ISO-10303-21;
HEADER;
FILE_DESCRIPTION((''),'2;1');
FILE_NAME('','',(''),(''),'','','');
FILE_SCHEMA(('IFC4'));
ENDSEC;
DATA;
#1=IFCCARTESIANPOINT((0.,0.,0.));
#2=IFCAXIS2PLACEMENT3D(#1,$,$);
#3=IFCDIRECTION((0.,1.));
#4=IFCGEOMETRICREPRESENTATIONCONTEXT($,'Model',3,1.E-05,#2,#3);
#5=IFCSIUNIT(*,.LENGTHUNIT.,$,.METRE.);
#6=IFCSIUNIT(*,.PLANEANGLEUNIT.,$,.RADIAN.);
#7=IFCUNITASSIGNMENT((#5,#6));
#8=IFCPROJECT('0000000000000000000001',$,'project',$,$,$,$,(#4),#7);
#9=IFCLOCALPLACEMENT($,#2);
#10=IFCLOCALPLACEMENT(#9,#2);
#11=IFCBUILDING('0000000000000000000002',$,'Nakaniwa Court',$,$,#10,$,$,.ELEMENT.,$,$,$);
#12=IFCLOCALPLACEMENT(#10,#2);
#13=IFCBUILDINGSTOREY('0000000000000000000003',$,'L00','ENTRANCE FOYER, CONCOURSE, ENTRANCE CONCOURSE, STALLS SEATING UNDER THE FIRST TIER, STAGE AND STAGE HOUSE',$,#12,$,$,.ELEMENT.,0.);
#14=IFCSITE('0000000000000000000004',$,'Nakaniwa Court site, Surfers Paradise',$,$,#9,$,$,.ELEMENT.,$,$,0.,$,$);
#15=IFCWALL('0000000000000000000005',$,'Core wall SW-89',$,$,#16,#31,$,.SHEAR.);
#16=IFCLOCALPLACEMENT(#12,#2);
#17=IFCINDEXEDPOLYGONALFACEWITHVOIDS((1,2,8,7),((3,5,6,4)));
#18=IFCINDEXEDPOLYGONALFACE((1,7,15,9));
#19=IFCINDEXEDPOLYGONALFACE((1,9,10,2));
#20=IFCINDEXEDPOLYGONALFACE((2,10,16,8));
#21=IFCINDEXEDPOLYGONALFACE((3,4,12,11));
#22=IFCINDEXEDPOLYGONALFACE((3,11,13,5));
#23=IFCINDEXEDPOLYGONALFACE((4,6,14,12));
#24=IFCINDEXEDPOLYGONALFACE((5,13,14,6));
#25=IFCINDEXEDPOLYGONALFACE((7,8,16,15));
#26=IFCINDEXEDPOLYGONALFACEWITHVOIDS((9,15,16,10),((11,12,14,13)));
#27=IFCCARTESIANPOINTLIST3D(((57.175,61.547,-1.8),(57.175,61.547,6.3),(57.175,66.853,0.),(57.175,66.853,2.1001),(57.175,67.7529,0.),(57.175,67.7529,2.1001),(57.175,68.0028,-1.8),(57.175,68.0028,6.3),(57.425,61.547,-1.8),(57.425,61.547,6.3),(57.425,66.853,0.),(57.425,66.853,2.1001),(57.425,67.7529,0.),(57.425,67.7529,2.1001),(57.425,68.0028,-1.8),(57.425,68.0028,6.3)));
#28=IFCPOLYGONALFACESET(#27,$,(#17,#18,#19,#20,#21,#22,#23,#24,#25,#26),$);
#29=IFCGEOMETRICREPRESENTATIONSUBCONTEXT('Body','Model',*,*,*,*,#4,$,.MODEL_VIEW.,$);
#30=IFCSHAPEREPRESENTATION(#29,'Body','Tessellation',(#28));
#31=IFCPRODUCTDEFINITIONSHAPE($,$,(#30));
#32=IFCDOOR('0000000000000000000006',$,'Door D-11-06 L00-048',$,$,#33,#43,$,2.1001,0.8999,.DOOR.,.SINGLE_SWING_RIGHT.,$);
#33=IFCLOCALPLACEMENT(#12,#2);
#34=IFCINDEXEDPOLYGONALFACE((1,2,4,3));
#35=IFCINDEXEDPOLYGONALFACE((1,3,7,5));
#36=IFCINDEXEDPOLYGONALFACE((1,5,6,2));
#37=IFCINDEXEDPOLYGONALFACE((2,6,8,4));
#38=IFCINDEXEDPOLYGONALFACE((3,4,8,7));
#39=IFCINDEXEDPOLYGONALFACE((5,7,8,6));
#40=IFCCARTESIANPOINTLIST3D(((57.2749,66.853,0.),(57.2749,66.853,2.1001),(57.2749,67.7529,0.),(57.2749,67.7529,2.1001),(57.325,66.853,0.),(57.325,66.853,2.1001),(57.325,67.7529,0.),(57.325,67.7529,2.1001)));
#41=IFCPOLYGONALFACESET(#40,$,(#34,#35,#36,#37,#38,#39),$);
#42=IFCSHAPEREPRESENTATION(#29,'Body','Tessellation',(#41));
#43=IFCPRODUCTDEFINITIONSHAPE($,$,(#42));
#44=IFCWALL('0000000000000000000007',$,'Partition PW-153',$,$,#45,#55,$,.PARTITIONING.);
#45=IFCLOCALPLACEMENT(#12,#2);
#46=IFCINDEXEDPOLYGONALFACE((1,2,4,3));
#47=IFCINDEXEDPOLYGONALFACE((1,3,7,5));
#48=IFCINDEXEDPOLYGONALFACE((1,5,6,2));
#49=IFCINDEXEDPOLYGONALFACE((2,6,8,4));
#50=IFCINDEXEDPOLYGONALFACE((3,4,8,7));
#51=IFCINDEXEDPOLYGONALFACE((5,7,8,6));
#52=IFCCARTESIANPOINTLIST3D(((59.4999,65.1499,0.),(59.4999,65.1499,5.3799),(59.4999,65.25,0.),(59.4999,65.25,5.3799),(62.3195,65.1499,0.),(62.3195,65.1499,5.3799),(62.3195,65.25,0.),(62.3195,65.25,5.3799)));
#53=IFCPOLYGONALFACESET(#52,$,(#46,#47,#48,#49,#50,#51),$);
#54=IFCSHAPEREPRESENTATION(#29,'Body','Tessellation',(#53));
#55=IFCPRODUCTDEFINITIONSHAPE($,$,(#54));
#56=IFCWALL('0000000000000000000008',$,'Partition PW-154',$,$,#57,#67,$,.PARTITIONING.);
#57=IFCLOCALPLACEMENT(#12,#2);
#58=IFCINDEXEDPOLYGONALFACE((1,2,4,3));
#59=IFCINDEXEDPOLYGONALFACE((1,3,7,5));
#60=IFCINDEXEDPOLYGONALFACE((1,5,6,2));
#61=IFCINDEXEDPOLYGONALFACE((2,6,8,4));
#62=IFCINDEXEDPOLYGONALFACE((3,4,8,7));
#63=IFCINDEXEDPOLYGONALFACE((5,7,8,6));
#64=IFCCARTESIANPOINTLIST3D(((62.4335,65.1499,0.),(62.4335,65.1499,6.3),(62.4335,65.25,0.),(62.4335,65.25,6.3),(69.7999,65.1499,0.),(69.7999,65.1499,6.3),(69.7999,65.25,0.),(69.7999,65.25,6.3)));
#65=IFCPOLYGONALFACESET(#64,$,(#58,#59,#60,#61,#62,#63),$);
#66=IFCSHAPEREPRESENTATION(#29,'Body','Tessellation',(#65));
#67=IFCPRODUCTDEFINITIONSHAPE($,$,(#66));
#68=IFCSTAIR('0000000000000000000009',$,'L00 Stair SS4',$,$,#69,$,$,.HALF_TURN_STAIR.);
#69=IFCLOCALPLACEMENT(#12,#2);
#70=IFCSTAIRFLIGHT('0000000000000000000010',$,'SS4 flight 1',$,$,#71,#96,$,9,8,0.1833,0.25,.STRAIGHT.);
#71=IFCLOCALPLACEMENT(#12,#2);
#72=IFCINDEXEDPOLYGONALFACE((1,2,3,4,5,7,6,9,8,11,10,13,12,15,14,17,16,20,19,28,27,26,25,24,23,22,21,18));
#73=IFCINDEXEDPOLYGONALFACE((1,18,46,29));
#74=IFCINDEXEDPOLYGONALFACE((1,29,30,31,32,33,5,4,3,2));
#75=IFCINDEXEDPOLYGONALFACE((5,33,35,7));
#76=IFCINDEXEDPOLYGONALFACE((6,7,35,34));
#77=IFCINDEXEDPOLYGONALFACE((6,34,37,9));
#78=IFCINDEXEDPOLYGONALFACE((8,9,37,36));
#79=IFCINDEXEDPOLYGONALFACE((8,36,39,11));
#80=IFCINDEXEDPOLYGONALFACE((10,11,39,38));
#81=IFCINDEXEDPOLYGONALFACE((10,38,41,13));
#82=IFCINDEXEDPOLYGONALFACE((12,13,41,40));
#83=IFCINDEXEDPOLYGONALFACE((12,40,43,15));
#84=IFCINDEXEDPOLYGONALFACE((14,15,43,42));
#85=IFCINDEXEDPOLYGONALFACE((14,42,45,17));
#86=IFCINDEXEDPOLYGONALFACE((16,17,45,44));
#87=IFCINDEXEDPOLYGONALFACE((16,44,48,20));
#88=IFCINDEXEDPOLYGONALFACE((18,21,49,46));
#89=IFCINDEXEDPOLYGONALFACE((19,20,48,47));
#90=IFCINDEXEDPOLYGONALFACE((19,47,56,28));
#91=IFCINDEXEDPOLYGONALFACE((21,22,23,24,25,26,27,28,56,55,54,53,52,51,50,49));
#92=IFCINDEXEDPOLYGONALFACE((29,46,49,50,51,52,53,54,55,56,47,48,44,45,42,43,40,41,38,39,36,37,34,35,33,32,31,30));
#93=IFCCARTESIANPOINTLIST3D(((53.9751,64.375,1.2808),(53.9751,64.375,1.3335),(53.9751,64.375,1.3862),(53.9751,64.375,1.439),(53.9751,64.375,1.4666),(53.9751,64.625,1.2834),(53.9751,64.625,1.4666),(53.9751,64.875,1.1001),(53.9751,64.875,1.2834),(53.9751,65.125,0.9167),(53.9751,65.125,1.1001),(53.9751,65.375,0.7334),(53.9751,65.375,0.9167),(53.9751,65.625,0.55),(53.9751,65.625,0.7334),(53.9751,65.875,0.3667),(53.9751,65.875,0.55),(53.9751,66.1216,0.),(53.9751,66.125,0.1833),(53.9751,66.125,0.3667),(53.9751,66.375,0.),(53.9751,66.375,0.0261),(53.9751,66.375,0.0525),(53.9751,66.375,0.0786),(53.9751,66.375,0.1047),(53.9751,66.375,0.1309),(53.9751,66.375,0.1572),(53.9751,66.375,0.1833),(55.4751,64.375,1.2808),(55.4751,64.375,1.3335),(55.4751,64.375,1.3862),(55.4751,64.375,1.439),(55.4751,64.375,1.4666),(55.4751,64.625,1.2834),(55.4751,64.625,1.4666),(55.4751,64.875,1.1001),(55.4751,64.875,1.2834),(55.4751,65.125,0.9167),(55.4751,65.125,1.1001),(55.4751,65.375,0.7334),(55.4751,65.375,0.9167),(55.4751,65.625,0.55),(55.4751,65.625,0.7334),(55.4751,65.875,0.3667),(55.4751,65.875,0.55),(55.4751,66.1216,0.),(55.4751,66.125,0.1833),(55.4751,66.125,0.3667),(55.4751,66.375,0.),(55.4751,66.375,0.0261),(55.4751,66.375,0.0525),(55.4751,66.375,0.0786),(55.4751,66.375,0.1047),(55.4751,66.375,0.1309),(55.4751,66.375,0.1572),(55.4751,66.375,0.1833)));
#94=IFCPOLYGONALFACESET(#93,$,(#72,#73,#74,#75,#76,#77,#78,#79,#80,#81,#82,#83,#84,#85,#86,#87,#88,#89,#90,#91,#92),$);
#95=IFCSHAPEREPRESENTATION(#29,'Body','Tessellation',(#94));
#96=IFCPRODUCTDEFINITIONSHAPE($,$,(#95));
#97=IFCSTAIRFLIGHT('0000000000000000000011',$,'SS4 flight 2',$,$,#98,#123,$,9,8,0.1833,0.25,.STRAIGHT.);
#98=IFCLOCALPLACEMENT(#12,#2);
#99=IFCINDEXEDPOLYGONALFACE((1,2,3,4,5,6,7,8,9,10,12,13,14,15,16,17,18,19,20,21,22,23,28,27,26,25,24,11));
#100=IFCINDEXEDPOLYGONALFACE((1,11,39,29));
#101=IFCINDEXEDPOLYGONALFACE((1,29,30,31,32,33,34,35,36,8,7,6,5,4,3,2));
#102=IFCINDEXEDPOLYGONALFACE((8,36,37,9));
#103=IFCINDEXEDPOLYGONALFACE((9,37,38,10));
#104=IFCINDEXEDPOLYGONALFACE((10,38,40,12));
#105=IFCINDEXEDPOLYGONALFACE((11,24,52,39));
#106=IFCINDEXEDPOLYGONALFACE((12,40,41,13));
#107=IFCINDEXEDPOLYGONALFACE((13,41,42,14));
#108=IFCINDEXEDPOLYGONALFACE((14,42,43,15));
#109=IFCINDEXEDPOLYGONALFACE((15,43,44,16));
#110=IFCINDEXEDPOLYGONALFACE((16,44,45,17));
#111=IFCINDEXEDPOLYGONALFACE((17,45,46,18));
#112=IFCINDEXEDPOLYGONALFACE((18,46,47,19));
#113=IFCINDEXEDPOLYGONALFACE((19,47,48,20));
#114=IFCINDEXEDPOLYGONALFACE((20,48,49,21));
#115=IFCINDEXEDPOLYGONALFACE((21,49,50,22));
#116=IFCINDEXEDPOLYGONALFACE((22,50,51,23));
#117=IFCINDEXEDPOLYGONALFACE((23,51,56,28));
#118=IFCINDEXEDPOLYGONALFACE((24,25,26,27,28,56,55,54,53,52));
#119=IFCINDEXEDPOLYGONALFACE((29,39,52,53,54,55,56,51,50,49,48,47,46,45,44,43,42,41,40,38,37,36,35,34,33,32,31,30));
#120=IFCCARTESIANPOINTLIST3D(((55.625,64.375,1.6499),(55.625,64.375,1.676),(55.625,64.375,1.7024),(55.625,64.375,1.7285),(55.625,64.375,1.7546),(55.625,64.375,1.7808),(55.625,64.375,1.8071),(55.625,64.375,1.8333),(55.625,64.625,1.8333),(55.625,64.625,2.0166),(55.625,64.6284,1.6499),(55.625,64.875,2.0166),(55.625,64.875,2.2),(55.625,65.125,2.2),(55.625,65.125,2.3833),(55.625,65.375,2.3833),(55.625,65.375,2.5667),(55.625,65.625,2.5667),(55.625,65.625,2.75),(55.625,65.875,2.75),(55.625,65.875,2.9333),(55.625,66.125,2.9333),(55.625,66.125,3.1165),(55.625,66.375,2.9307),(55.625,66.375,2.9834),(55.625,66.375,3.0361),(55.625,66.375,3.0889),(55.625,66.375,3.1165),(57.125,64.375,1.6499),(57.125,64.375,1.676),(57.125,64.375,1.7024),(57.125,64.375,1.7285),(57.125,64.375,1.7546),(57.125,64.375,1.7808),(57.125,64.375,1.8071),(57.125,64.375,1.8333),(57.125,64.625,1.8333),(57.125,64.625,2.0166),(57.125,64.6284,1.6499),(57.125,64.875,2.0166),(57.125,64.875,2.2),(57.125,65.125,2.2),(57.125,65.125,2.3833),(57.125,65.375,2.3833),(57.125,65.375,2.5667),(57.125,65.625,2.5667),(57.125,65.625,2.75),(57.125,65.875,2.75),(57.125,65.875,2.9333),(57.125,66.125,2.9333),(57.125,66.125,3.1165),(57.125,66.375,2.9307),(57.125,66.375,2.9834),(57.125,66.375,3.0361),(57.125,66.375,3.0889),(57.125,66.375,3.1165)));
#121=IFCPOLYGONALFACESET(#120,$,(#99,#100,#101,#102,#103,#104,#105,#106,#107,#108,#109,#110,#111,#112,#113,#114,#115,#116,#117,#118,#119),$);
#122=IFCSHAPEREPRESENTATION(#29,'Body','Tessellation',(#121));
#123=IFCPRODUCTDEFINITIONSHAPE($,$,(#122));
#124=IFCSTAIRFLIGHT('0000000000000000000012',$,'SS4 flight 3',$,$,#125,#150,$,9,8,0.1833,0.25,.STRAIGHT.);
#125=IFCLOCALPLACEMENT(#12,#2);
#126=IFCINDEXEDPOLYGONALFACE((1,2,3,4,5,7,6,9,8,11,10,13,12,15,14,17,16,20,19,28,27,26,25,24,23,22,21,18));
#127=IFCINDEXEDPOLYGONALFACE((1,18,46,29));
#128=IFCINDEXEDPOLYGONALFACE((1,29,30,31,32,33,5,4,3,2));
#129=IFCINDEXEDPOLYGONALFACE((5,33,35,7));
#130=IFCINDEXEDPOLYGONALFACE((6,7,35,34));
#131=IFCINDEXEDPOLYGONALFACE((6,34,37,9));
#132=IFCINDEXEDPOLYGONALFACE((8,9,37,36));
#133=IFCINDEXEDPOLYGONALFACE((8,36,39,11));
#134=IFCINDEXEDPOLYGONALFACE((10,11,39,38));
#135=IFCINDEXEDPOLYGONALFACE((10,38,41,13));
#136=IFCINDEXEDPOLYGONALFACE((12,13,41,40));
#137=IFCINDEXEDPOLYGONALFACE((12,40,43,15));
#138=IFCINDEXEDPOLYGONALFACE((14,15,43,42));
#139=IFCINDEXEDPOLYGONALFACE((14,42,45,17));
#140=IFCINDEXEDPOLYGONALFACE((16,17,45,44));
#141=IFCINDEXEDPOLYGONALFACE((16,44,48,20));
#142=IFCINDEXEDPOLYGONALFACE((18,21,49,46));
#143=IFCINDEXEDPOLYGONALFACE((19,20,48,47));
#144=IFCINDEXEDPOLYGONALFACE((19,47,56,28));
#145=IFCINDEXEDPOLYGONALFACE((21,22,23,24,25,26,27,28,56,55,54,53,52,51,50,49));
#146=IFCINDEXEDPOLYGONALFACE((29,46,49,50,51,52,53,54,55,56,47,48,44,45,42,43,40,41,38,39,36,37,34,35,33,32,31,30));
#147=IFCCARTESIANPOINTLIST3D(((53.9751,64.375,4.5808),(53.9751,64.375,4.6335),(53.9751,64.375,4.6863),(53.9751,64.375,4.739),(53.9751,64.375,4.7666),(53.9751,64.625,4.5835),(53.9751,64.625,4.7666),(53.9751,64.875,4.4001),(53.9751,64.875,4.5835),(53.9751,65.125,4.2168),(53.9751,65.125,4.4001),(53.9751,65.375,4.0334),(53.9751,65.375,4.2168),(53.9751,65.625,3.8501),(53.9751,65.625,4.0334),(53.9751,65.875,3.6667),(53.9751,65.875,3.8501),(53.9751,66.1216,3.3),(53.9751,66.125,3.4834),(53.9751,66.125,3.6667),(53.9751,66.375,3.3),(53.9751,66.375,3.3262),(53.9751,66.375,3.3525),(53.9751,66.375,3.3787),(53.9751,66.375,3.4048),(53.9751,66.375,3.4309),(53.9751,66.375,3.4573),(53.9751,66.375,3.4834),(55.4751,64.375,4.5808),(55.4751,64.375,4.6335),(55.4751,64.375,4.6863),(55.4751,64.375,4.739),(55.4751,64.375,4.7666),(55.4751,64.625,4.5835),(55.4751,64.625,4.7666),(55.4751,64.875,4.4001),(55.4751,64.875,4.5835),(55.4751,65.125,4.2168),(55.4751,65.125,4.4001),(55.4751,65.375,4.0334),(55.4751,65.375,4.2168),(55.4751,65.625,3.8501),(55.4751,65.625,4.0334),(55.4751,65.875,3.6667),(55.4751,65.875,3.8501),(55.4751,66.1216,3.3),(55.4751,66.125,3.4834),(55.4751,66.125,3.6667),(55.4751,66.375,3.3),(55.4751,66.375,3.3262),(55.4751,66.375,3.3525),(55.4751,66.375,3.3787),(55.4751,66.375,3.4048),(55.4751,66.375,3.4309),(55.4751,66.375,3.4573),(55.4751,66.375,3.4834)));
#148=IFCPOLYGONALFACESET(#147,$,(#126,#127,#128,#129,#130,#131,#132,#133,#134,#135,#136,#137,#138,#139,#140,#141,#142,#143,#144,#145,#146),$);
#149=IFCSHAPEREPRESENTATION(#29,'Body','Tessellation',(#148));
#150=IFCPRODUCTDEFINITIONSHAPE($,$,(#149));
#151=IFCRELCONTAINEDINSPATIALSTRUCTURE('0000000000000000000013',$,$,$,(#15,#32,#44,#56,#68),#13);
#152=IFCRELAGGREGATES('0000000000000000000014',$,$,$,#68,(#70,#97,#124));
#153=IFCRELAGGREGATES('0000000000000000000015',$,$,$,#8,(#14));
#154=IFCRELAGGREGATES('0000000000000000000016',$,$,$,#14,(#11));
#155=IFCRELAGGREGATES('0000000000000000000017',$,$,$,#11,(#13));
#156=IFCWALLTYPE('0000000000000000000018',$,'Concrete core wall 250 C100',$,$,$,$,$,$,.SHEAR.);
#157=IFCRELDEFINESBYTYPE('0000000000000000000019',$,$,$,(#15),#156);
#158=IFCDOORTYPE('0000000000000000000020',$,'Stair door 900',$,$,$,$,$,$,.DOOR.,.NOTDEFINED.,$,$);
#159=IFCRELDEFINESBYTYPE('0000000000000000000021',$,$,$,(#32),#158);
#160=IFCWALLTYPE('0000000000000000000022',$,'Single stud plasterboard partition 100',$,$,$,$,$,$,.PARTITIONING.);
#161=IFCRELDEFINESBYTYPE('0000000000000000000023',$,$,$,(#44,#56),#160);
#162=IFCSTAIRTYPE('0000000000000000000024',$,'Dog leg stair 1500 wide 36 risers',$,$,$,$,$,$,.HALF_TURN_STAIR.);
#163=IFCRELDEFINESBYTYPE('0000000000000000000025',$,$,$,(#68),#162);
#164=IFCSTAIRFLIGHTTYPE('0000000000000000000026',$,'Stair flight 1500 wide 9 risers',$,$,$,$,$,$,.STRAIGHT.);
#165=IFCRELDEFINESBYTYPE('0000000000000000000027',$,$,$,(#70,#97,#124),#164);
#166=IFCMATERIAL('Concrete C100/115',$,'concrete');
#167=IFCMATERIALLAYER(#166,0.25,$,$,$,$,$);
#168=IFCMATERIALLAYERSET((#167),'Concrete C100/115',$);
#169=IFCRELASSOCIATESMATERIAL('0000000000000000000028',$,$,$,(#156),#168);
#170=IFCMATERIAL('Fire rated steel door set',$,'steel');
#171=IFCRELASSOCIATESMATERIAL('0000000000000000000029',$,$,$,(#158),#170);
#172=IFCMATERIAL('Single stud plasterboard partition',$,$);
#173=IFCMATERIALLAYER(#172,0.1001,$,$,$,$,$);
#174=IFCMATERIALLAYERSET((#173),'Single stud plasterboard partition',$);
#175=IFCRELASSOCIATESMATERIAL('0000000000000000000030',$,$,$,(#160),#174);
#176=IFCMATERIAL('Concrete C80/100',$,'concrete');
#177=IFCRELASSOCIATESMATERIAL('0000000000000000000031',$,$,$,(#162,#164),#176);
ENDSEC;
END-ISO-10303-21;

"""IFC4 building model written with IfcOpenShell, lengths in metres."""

from ifc_helpers import new_model, si_unit, direction, frame, frame_2d, origin, place, context, subcontext, project, spatial, polyline, rectangle, outline, extrude, material, layer, layer_set, type_object, element, fill, aggregate, save


model = new_model("IFC4")

# Units and contexts
model_context = context("Model", 3, precision=1e-05, world=origin(), true_north=direction((0.0, 1.0)))
body_context = subcontext(model_context, "Body", "Model", "MODEL_VIEW")
ifc_project = project(units=[si_unit("LENGTHUNIT", "METRE"), si_unit("PLANEANGLEUNIT", "RADIAN")], contexts=[model_context])

# Site, building, storey
site_placement = place(None, origin())
site = spatial("IfcSite", under=ifc_project, at=site_placement, Name="Nakaniwa Court site, Surfers Paradise", CompositionType="ELEMENT", RefElevation=0.0)
building_placement = place(site_placement, origin())
building = spatial("IfcBuilding", under=site, at=building_placement, Name="Nakaniwa Court", CompositionType="ELEMENT")
storey_placement = place(building_placement, origin())
storey = spatial("IfcBuildingStorey", under=building, at=storey_placement, Name="L00", Description="ENTRANCE FOYER, CONCOURSE, ENTRANCE CONCOURSE, STALLS SEATING UNDER THE FIRST TIER, STAGE AND STAGE HOUSE", CompositionType="ELEMENT", Elevation=0.0)

# Shared definitions
ifc_material_1 = material(Name="Concrete C100/115", Category="concrete")

# Wall, opening, door
ifc_layer_1 = layer(ifc_material_1, 0.25)
ifc_layer_set_1 = layer_set([ifc_layer_1], Name="Concrete C100/115")
wall_type_1 = type_object("IfcWallType", Name="Concrete core wall 250 C100", PredefinedType="SHEAR", material=ifc_layer_set_1)
wall_1_placement = place(storey_placement, frame((57.3, 68.0029, -1.8), z_axis=(0.0, 0.0, 1.0), x_axis=(0.0, -1.0, 0.0)))
wall_1 = element("IfcWall", 1, at=wall_1_placement, inside=storey, type_object=wall_type_1, Name="Core wall SW-89", PredefinedType="SHEAR", context=body_context, shape_type="SweptSolid", body=[
    extrude(rectangle(XDim=6.4558, YDim=0.25, at=frame_2d((3.228, 0.0))), origin(), (0.0, 0.0, 1.0), 8.1001),
])
opening_1_placement = place(wall_1_placement, frame((0.25, 0.0, 1.8)))
opening_1 = element("IfcOpeningElement", 2, at=opening_1_placement, cuts=wall_1, PredefinedType="OPENING", context=body_context, shape_type="SweptSolid", body=[
    extrude(rectangle(XDim=0.8999, YDim=2.1001, at=frame_2d((0.45, 1.05))), frame((0.0, 0.135, 0.0), z_axis=(0.0, -1.0, 0.0), x_axis=(1.0, 0.0, 0.0)), (0.0, 0.0, 1.0), 0.27),
])
ifc_material_2 = material(Name="Fire rated steel door set", Category="steel")
door_type_1 = type_object("IfcDoorType", Name="Stair door 900", OperationType="NOTDEFINED", PredefinedType="DOOR", material=ifc_material_2)
door_1_placement = place(opening_1_placement, origin())
door_1 = element("IfcDoor", 3, at=door_1_placement, inside=storey, type_object=door_type_1, Name="Door D-11-06 L00-048", OperationType="SINGLE_SWING_RIGHT", OverallHeight=2.1001, OverallWidth=0.8999, PredefinedType="DOOR", context=body_context, shape_type="SweptSolid", body=[
    extrude(rectangle(XDim=0.8999, YDim=2.1001, at=frame_2d((0.45, 1.05))), frame((0.0, 0.0249, 0.0), z_axis=(0.0, -1.0, 0.0), x_axis=(1.0, 0.0, 0.0)), (0.0, 0.0, 1.0), 0.05),
])
fill(opening_1, door_1)

# Walls
ifc_material_3 = material(Name="Single stud plasterboard partition")
ifc_layer_2 = layer(ifc_material_3, 0.1001)
ifc_layer_set_2 = layer_set([ifc_layer_2], Name="Single stud plasterboard partition")
wall_type_2 = type_object("IfcWallType", Name="Single stud plasterboard partition 100", PredefinedType="PARTITIONING", material=ifc_layer_set_2)
wall_2_placement = place(storey_placement, frame((59.5, 65.2, 0.0), z_axis=(0.0, 0.0, 1.0), x_axis=(1.0, 0.0, 0.0)))
element("IfcWall", 4, at=wall_2_placement, inside=storey, type_object=wall_type_2, Name="Partition PW-153", PredefinedType="PARTITIONING", context=body_context, shape_type="SweptSolid", body=[
    extrude(rectangle(XDim=2.8196, YDim=0.1001, at=frame_2d((1.4097, 0.0))), origin(), (0.0, 0.0, 1.0), 5.3799),
])
wall_3_placement = place(storey_placement, frame((62.4336, 65.2, 0.0), z_axis=(0.0, 0.0, 1.0), x_axis=(1.0, 0.0, 0.0)))
element("IfcWall", 5, at=wall_3_placement, inside=storey, type_object=wall_type_2, Name="Partition PW-154", PredefinedType="PARTITIONING", context=body_context, shape_type="SweptSolid", body=[
    extrude(rectangle(XDim=7.3665, YDim=0.1001, at=frame_2d((3.6831, 0.0))), origin(), (0.0, 0.0, 1.0), 6.3),
])

# Stair, stair flights
ifc_material_4 = material(Name="Concrete C80/100", Category="concrete")
stair_type = type_object("IfcStairType", Name="Dog leg stair 1500 wide 36 risers", PredefinedType="HALF_TURN_STAIR", material=ifc_material_4)
stair_placement = place(storey_placement, origin())
stair = element("IfcStair", 6, at=stair_placement, inside=storey, type_object=stair_type, Name="L00 Stair SS4", PredefinedType="HALF_TURN_STAIR")
stair_flight_type = type_object("IfcStairFlightType", Name="Stair flight 1500 wide 9 risers", PredefinedType="STRAIGHT", material=ifc_material_4)
stair_flight_1_placement = place(storey_placement, frame((54.7251, 66.375, 0.0), z_axis=(0.0, 0.0, 1.0), x_axis=(0.0, -1.0, 0.0)))
stair_flight_1 = element("IfcStairFlight", 7, at=stair_flight_1_placement, type_object=stair_flight_type, Name="SS4 flight 1", NumberOfRisers=9, NumberOfTreads=8, PredefinedType="STRAIGHT", RiserHeight=0.1833, TreadLength=0.25, context=body_context, shape_type="SweptSolid", body=[
    extrude(outline(polyline([(0.0, 0.0), (0.0, 0.0261), (0.0, 0.0525), (0.0, 0.0786), (0.0, 0.1047), (0.0, 0.1309), (0.0, 0.1572), (0.0, 0.1833), (0.25, 0.1833), (0.25, 0.3667), (0.5, 0.3667), (0.5, 0.55), (0.75, 0.55), (0.75, 0.7334), (1.0, 0.7334), (1.0, 0.9167), (1.25, 0.9167), (1.25, 1.1001), (1.5, 1.1001), (1.5, 1.2834), (1.75, 1.2834), (1.75, 1.4666), (2.0, 1.4666), (2.0, 1.6499), (2.0, 1.5972), (2.0, 1.5444), (2.0, 1.4917), (2.0, 1.439), (2.0, 1.3862), (2.0, 1.3335), (2.0, 1.2808), (0.2534, 0.0), (0.0, 0.0)])), frame((0.0, 0.75, 0.0), z_axis=(0.0, -1.0, 0.0), x_axis=(1.0, 0.0, 0.0)), (0.0, 0.0, 1.0), 1.5),
])
stair_flight_2_placement = place(storey_placement, frame((56.375, 64.375, 1.6499), z_axis=(0.0, 0.0, 1.0), x_axis=(0.0, 1.0, 0.0)))
stair_flight_2 = element("IfcStairFlight", 8, at=stair_flight_2_placement, type_object=stair_flight_type, Name="SS4 flight 2", NumberOfRisers=9, NumberOfTreads=8, PredefinedType="STRAIGHT", RiserHeight=0.1833, TreadLength=0.25, context=body_context, shape_type="SweptSolid", body=[
    extrude(outline(polyline([(0.0, 0.0), (0.0, 0.0261), (0.0, 0.0525), (0.0, 0.0786), (0.0, 0.1047), (0.0, 0.1309), (0.0, 0.1572), (0.0, 0.1833), (0.25, 0.1833), (0.25, 0.3667), (0.5, 0.3667), (0.5, 0.55), (0.75, 0.55), (0.75, 0.7334), (1.0, 0.7334), (1.0, 0.9167), (1.25, 0.9167), (1.25, 1.1001), (1.5, 1.1001), (1.5, 1.2834), (1.75, 1.2834), (1.75, 1.4666), (2.0, 1.4666), (2.0, 1.6499), (2.0, 1.5972), (2.0, 1.5444), (2.0, 1.4917), (2.0, 1.439), (2.0, 1.3862), (2.0, 1.3335), (2.0, 1.2808), (0.2534, 0.0), (0.0, 0.0)])), frame((0.0, 0.75, 0.0), z_axis=(0.0, -1.0, 0.0), x_axis=(1.0, 0.0, 0.0)), (0.0, 0.0, 1.0), 1.5),
])
stair_flight_3_placement = place(storey_placement, frame((54.7251, 66.375, 3.3), z_axis=(0.0, 0.0, 1.0), x_axis=(0.0, -1.0, 0.0)))
stair_flight_3 = element("IfcStairFlight", 9, at=stair_flight_3_placement, type_object=stair_flight_type, Name="SS4 flight 3", NumberOfRisers=9, NumberOfTreads=8, PredefinedType="STRAIGHT", RiserHeight=0.1833, TreadLength=0.25, context=body_context, shape_type="SweptSolid", body=[
    extrude(outline(polyline([(0.0, 0.0), (0.0, 0.0261), (0.0, 0.0525), (0.0, 0.0786), (0.0, 0.1047), (0.0, 0.1309), (0.0, 0.1572), (0.0, 0.1833), (0.25, 0.1833), (0.25, 0.3667), (0.5, 0.3667), (0.5, 0.55), (0.75, 0.55), (0.75, 0.7334), (1.0, 0.7334), (1.0, 0.9167), (1.25, 0.9167), (1.25, 1.1001), (1.5, 1.1001), (1.5, 1.2834), (1.75, 1.2834), (1.75, 1.4666), (2.0, 1.4666), (2.0, 1.6499), (2.0, 1.5972), (2.0, 1.5444), (2.0, 1.4917), (2.0, 1.439), (2.0, 1.3862), (2.0, 1.3335), (2.0, 1.2808), (0.2534, 0.0), (0.0, 0.0)])), frame((0.0, 0.75, 0.0), z_axis=(0.0, -1.0, 0.0), x_axis=(1.0, 0.0, 0.0)), (0.0, 0.0, 1.0), 1.5),
])
aggregate(stair, [stair_flight_1, stair_flight_2, stair_flight_3])

save(model, "model.ifc")
